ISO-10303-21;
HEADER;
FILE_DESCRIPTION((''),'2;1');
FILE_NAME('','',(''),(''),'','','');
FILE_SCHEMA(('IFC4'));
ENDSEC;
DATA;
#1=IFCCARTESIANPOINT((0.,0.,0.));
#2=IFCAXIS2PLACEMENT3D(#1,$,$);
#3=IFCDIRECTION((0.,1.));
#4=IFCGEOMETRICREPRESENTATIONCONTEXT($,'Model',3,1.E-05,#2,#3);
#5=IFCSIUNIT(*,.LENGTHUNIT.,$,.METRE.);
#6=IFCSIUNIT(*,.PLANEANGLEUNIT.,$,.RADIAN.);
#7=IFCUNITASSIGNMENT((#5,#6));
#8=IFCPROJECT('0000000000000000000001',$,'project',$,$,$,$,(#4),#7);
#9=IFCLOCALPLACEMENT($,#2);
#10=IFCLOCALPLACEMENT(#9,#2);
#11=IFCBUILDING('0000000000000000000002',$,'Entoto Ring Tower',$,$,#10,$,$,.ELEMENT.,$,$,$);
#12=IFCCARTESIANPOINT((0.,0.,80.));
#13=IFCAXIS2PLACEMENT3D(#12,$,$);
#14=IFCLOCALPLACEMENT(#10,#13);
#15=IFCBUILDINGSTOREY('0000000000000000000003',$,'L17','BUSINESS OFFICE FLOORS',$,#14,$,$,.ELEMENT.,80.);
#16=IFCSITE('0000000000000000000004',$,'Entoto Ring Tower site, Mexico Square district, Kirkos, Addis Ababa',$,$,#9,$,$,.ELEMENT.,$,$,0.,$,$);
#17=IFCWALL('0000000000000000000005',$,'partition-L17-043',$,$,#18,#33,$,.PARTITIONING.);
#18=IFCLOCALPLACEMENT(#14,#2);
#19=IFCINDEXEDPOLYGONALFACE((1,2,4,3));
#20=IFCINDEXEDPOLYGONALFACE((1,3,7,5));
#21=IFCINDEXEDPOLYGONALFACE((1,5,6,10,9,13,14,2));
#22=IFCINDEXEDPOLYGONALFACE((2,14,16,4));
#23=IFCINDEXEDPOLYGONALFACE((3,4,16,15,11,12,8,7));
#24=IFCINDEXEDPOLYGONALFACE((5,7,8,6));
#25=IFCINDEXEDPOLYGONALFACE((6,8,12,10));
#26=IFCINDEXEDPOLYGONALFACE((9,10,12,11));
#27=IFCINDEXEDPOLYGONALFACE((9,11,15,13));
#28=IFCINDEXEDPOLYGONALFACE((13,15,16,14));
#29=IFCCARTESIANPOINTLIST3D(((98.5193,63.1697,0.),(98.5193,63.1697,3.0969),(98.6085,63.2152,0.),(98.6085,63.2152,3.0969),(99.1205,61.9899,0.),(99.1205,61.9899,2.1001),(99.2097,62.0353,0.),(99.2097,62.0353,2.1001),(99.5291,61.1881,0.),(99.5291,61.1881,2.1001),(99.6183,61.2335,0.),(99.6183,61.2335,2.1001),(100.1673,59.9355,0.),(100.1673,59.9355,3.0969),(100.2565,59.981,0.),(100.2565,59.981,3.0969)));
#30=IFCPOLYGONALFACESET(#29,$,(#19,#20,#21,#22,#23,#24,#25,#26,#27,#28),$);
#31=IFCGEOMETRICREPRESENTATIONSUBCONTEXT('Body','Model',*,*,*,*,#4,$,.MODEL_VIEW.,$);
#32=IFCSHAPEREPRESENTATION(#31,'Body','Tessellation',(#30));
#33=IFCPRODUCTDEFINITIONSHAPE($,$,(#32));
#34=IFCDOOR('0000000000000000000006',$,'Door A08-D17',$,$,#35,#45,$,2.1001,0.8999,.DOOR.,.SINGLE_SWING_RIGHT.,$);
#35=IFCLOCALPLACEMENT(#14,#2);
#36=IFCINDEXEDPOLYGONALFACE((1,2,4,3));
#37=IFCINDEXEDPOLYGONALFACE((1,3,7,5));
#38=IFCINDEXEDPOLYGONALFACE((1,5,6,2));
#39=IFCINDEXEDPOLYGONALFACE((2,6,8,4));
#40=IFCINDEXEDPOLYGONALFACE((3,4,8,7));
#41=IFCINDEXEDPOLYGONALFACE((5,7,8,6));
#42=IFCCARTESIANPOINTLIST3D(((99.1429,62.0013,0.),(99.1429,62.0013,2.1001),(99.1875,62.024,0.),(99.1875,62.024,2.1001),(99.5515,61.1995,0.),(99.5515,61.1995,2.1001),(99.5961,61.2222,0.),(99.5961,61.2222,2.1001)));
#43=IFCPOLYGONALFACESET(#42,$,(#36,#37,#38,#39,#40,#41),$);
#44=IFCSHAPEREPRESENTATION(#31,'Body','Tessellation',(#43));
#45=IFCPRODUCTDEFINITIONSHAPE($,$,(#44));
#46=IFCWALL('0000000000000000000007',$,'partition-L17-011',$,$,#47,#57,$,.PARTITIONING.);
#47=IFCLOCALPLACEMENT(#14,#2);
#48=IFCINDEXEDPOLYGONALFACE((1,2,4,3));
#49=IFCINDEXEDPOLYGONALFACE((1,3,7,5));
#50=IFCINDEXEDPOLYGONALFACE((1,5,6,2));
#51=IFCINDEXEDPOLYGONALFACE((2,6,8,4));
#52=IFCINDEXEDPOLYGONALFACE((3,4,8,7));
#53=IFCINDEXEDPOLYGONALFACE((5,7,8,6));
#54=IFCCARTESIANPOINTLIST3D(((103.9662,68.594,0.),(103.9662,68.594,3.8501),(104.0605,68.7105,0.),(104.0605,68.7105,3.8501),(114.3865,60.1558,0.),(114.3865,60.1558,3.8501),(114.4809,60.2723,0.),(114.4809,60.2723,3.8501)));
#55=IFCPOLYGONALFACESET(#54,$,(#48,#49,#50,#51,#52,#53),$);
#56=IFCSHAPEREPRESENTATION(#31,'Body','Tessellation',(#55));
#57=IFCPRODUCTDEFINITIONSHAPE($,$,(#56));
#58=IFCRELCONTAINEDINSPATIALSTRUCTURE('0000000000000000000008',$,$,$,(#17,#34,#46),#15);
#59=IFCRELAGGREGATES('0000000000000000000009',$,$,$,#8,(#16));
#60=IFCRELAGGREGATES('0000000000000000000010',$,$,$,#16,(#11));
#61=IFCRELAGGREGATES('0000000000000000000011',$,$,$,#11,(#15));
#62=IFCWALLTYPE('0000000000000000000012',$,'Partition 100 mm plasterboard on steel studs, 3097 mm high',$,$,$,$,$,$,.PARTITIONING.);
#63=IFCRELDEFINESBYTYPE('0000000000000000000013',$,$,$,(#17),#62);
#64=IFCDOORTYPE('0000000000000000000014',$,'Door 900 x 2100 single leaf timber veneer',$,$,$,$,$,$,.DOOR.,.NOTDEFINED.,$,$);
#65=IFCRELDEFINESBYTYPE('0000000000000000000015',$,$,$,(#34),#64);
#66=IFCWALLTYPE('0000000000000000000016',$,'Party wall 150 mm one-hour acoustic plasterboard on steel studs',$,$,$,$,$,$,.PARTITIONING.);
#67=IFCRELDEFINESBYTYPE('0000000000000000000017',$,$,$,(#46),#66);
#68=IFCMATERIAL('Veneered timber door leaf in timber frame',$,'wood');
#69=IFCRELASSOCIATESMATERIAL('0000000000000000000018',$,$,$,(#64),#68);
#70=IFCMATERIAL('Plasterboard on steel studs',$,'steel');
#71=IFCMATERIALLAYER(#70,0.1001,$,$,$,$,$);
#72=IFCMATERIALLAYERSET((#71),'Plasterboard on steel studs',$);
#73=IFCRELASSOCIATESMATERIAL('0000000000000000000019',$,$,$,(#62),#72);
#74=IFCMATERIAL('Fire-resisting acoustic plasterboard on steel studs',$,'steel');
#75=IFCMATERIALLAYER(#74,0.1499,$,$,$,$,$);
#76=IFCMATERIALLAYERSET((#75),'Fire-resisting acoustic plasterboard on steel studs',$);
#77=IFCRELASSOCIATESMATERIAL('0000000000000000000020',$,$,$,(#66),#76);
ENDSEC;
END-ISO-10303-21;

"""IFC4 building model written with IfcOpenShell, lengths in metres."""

from ifc_helpers import new_model, si_unit, direction, frame, frame_2d, origin, place, context, subcontext, project, spatial, rectangle, extrude, material, layer, layer_set, type_object, element, fill, save


model = new_model("IFC4")

# Units and contexts
model_context = context("Model", 3, precision=1e-05, world=origin(), true_north=direction((0.0, 1.0)))
body_context = subcontext(model_context, "Body", "Model", "MODEL_VIEW")
ifc_project = project(units=[si_unit("LENGTHUNIT", "METRE"), si_unit("PLANEANGLEUNIT", "RADIAN")], contexts=[model_context])

# Site, building, storey
site_placement = place(None, origin())
site = spatial("IfcSite", under=ifc_project, at=site_placement, Name="Entoto Ring Tower site, Mexico Square district, Kirkos, Addis Ababa", CompositionType="ELEMENT", RefElevation=0.0)
building_placement = place(site_placement, origin())
building = spatial("IfcBuilding", under=site, at=building_placement, Name="Entoto Ring Tower", CompositionType="ELEMENT")
storey_placement = place(building_placement, frame((0.0, 0.0, 80.0)))
storey = spatial("IfcBuildingStorey", under=building, at=storey_placement, Name="L17", Description="BUSINESS OFFICE FLOORS", CompositionType="ELEMENT", Elevation=80.0)

# Shared definitions
ifc_material_1 = material(Name="Veneered timber door leaf in timber frame", Category="wood")
door_type = type_object("IfcDoorType", Name="Door 900 x 2100 single leaf timber veneer", OperationType="NOTDEFINED", PredefinedType="DOOR", material=ifc_material_1)

# Wall, opening, door
ifc_material_2 = material(Name="Plasterboard on steel studs", Category="steel")
ifc_layer_1 = layer(ifc_material_2, 0.1001)
ifc_layer_set_1 = layer_set([ifc_layer_1], Name="Plasterboard on steel studs")
wall_type_1 = type_object("IfcWallType", Name="Partition 100 mm plasterboard on steel studs, 3097 mm high", PredefinedType="PARTITIONING", material=ifc_layer_set_1)
wall_1_placement = place(storey_placement, frame((100.2119, 59.9583, 0.0), z_axis=(0.0, 0.0, 1.0), x_axis=(-0.454007, 0.890998, 0.0)))
wall_1 = element("IfcWall", 1, at=wall_1_placement, inside=storey, type_object=wall_type_1, Name="partition-L17-043", PredefinedType="PARTITIONING", context=body_context, shape_type="SweptSolid", body=[
    extrude(rectangle(XDim=3.6299, YDim=0.1001, at=frame_2d((1.8149, 0.0))), origin(), (0.0, 0.0, 1.0), 3.0969),
])
opening_1_placement = place(wall_1_placement, frame((1.4058, 0.0, 0.0)))
opening_1 = element("IfcOpeningElement", 2, at=opening_1_placement, cuts=wall_1, PredefinedType="OPENING", context=body_context, shape_type="SweptSolid", body=[
    extrude(rectangle(XDim=0.8999, YDim=2.1001, at=frame_2d((0.45, 1.05))), frame((0.0, 0.0601, 0.0), z_axis=(0.0, -1.0, 0.0), x_axis=(1.0, 0.0, 0.0)), (0.0, 0.0, 1.0), 0.1201),
])
door_1_placement = place(opening_1_placement, origin())
door_1 = element("IfcDoor", 3, at=door_1_placement, inside=storey, type_object=door_type, Name="Door A08-D17", OperationType="SINGLE_SWING_RIGHT", OverallHeight=2.1001, OverallWidth=0.8999, PredefinedType="DOOR", context=body_context, shape_type="SweptSolid", body=[
    extrude(rectangle(XDim=0.8999, YDim=2.1001, at=frame_2d((0.45, 1.05))), frame((0.0, 0.0249, 0.0), z_axis=(0.0, -1.0, 0.0), x_axis=(1.0, 0.0, 0.0)), (0.0, 0.0, 1.0), 0.05),
])
fill(opening_1, door_1)

# Wall
ifc_material_3 = material(Name="Fire-resisting acoustic plasterboard on steel studs", Category="steel")
ifc_layer_2 = layer(ifc_material_3, 0.1499)
ifc_layer_set_2 = layer_set([ifc_layer_2], Name="Fire-resisting acoustic plasterboard on steel studs")
wall_type_2 = type_object("IfcWallType", Name="Party wall 150 mm one-hour acoustic plasterboard on steel studs", PredefinedType="PARTITIONING", material=ifc_layer_set_2)
wall_2_placement = place(storey_placement, frame((114.4336, 60.2141, 0.0), z_axis=(0.0, 0.0, 1.0), x_axis=(-0.777148, 0.629318, 0.0)))
element("IfcWall", 4, at=wall_2_placement, inside=storey, type_object=wall_type_2, Name="partition-L17-011", PredefinedType="PARTITIONING", context=body_context, shape_type="SweptSolid", body=[
    extrude(rectangle(XDim=13.4084, YDim=0.1499, at=frame_2d((6.7041, 0.0))), origin(), (0.0, 0.0, 1.0), 3.8501),
])

save(model, "model.ifc")
